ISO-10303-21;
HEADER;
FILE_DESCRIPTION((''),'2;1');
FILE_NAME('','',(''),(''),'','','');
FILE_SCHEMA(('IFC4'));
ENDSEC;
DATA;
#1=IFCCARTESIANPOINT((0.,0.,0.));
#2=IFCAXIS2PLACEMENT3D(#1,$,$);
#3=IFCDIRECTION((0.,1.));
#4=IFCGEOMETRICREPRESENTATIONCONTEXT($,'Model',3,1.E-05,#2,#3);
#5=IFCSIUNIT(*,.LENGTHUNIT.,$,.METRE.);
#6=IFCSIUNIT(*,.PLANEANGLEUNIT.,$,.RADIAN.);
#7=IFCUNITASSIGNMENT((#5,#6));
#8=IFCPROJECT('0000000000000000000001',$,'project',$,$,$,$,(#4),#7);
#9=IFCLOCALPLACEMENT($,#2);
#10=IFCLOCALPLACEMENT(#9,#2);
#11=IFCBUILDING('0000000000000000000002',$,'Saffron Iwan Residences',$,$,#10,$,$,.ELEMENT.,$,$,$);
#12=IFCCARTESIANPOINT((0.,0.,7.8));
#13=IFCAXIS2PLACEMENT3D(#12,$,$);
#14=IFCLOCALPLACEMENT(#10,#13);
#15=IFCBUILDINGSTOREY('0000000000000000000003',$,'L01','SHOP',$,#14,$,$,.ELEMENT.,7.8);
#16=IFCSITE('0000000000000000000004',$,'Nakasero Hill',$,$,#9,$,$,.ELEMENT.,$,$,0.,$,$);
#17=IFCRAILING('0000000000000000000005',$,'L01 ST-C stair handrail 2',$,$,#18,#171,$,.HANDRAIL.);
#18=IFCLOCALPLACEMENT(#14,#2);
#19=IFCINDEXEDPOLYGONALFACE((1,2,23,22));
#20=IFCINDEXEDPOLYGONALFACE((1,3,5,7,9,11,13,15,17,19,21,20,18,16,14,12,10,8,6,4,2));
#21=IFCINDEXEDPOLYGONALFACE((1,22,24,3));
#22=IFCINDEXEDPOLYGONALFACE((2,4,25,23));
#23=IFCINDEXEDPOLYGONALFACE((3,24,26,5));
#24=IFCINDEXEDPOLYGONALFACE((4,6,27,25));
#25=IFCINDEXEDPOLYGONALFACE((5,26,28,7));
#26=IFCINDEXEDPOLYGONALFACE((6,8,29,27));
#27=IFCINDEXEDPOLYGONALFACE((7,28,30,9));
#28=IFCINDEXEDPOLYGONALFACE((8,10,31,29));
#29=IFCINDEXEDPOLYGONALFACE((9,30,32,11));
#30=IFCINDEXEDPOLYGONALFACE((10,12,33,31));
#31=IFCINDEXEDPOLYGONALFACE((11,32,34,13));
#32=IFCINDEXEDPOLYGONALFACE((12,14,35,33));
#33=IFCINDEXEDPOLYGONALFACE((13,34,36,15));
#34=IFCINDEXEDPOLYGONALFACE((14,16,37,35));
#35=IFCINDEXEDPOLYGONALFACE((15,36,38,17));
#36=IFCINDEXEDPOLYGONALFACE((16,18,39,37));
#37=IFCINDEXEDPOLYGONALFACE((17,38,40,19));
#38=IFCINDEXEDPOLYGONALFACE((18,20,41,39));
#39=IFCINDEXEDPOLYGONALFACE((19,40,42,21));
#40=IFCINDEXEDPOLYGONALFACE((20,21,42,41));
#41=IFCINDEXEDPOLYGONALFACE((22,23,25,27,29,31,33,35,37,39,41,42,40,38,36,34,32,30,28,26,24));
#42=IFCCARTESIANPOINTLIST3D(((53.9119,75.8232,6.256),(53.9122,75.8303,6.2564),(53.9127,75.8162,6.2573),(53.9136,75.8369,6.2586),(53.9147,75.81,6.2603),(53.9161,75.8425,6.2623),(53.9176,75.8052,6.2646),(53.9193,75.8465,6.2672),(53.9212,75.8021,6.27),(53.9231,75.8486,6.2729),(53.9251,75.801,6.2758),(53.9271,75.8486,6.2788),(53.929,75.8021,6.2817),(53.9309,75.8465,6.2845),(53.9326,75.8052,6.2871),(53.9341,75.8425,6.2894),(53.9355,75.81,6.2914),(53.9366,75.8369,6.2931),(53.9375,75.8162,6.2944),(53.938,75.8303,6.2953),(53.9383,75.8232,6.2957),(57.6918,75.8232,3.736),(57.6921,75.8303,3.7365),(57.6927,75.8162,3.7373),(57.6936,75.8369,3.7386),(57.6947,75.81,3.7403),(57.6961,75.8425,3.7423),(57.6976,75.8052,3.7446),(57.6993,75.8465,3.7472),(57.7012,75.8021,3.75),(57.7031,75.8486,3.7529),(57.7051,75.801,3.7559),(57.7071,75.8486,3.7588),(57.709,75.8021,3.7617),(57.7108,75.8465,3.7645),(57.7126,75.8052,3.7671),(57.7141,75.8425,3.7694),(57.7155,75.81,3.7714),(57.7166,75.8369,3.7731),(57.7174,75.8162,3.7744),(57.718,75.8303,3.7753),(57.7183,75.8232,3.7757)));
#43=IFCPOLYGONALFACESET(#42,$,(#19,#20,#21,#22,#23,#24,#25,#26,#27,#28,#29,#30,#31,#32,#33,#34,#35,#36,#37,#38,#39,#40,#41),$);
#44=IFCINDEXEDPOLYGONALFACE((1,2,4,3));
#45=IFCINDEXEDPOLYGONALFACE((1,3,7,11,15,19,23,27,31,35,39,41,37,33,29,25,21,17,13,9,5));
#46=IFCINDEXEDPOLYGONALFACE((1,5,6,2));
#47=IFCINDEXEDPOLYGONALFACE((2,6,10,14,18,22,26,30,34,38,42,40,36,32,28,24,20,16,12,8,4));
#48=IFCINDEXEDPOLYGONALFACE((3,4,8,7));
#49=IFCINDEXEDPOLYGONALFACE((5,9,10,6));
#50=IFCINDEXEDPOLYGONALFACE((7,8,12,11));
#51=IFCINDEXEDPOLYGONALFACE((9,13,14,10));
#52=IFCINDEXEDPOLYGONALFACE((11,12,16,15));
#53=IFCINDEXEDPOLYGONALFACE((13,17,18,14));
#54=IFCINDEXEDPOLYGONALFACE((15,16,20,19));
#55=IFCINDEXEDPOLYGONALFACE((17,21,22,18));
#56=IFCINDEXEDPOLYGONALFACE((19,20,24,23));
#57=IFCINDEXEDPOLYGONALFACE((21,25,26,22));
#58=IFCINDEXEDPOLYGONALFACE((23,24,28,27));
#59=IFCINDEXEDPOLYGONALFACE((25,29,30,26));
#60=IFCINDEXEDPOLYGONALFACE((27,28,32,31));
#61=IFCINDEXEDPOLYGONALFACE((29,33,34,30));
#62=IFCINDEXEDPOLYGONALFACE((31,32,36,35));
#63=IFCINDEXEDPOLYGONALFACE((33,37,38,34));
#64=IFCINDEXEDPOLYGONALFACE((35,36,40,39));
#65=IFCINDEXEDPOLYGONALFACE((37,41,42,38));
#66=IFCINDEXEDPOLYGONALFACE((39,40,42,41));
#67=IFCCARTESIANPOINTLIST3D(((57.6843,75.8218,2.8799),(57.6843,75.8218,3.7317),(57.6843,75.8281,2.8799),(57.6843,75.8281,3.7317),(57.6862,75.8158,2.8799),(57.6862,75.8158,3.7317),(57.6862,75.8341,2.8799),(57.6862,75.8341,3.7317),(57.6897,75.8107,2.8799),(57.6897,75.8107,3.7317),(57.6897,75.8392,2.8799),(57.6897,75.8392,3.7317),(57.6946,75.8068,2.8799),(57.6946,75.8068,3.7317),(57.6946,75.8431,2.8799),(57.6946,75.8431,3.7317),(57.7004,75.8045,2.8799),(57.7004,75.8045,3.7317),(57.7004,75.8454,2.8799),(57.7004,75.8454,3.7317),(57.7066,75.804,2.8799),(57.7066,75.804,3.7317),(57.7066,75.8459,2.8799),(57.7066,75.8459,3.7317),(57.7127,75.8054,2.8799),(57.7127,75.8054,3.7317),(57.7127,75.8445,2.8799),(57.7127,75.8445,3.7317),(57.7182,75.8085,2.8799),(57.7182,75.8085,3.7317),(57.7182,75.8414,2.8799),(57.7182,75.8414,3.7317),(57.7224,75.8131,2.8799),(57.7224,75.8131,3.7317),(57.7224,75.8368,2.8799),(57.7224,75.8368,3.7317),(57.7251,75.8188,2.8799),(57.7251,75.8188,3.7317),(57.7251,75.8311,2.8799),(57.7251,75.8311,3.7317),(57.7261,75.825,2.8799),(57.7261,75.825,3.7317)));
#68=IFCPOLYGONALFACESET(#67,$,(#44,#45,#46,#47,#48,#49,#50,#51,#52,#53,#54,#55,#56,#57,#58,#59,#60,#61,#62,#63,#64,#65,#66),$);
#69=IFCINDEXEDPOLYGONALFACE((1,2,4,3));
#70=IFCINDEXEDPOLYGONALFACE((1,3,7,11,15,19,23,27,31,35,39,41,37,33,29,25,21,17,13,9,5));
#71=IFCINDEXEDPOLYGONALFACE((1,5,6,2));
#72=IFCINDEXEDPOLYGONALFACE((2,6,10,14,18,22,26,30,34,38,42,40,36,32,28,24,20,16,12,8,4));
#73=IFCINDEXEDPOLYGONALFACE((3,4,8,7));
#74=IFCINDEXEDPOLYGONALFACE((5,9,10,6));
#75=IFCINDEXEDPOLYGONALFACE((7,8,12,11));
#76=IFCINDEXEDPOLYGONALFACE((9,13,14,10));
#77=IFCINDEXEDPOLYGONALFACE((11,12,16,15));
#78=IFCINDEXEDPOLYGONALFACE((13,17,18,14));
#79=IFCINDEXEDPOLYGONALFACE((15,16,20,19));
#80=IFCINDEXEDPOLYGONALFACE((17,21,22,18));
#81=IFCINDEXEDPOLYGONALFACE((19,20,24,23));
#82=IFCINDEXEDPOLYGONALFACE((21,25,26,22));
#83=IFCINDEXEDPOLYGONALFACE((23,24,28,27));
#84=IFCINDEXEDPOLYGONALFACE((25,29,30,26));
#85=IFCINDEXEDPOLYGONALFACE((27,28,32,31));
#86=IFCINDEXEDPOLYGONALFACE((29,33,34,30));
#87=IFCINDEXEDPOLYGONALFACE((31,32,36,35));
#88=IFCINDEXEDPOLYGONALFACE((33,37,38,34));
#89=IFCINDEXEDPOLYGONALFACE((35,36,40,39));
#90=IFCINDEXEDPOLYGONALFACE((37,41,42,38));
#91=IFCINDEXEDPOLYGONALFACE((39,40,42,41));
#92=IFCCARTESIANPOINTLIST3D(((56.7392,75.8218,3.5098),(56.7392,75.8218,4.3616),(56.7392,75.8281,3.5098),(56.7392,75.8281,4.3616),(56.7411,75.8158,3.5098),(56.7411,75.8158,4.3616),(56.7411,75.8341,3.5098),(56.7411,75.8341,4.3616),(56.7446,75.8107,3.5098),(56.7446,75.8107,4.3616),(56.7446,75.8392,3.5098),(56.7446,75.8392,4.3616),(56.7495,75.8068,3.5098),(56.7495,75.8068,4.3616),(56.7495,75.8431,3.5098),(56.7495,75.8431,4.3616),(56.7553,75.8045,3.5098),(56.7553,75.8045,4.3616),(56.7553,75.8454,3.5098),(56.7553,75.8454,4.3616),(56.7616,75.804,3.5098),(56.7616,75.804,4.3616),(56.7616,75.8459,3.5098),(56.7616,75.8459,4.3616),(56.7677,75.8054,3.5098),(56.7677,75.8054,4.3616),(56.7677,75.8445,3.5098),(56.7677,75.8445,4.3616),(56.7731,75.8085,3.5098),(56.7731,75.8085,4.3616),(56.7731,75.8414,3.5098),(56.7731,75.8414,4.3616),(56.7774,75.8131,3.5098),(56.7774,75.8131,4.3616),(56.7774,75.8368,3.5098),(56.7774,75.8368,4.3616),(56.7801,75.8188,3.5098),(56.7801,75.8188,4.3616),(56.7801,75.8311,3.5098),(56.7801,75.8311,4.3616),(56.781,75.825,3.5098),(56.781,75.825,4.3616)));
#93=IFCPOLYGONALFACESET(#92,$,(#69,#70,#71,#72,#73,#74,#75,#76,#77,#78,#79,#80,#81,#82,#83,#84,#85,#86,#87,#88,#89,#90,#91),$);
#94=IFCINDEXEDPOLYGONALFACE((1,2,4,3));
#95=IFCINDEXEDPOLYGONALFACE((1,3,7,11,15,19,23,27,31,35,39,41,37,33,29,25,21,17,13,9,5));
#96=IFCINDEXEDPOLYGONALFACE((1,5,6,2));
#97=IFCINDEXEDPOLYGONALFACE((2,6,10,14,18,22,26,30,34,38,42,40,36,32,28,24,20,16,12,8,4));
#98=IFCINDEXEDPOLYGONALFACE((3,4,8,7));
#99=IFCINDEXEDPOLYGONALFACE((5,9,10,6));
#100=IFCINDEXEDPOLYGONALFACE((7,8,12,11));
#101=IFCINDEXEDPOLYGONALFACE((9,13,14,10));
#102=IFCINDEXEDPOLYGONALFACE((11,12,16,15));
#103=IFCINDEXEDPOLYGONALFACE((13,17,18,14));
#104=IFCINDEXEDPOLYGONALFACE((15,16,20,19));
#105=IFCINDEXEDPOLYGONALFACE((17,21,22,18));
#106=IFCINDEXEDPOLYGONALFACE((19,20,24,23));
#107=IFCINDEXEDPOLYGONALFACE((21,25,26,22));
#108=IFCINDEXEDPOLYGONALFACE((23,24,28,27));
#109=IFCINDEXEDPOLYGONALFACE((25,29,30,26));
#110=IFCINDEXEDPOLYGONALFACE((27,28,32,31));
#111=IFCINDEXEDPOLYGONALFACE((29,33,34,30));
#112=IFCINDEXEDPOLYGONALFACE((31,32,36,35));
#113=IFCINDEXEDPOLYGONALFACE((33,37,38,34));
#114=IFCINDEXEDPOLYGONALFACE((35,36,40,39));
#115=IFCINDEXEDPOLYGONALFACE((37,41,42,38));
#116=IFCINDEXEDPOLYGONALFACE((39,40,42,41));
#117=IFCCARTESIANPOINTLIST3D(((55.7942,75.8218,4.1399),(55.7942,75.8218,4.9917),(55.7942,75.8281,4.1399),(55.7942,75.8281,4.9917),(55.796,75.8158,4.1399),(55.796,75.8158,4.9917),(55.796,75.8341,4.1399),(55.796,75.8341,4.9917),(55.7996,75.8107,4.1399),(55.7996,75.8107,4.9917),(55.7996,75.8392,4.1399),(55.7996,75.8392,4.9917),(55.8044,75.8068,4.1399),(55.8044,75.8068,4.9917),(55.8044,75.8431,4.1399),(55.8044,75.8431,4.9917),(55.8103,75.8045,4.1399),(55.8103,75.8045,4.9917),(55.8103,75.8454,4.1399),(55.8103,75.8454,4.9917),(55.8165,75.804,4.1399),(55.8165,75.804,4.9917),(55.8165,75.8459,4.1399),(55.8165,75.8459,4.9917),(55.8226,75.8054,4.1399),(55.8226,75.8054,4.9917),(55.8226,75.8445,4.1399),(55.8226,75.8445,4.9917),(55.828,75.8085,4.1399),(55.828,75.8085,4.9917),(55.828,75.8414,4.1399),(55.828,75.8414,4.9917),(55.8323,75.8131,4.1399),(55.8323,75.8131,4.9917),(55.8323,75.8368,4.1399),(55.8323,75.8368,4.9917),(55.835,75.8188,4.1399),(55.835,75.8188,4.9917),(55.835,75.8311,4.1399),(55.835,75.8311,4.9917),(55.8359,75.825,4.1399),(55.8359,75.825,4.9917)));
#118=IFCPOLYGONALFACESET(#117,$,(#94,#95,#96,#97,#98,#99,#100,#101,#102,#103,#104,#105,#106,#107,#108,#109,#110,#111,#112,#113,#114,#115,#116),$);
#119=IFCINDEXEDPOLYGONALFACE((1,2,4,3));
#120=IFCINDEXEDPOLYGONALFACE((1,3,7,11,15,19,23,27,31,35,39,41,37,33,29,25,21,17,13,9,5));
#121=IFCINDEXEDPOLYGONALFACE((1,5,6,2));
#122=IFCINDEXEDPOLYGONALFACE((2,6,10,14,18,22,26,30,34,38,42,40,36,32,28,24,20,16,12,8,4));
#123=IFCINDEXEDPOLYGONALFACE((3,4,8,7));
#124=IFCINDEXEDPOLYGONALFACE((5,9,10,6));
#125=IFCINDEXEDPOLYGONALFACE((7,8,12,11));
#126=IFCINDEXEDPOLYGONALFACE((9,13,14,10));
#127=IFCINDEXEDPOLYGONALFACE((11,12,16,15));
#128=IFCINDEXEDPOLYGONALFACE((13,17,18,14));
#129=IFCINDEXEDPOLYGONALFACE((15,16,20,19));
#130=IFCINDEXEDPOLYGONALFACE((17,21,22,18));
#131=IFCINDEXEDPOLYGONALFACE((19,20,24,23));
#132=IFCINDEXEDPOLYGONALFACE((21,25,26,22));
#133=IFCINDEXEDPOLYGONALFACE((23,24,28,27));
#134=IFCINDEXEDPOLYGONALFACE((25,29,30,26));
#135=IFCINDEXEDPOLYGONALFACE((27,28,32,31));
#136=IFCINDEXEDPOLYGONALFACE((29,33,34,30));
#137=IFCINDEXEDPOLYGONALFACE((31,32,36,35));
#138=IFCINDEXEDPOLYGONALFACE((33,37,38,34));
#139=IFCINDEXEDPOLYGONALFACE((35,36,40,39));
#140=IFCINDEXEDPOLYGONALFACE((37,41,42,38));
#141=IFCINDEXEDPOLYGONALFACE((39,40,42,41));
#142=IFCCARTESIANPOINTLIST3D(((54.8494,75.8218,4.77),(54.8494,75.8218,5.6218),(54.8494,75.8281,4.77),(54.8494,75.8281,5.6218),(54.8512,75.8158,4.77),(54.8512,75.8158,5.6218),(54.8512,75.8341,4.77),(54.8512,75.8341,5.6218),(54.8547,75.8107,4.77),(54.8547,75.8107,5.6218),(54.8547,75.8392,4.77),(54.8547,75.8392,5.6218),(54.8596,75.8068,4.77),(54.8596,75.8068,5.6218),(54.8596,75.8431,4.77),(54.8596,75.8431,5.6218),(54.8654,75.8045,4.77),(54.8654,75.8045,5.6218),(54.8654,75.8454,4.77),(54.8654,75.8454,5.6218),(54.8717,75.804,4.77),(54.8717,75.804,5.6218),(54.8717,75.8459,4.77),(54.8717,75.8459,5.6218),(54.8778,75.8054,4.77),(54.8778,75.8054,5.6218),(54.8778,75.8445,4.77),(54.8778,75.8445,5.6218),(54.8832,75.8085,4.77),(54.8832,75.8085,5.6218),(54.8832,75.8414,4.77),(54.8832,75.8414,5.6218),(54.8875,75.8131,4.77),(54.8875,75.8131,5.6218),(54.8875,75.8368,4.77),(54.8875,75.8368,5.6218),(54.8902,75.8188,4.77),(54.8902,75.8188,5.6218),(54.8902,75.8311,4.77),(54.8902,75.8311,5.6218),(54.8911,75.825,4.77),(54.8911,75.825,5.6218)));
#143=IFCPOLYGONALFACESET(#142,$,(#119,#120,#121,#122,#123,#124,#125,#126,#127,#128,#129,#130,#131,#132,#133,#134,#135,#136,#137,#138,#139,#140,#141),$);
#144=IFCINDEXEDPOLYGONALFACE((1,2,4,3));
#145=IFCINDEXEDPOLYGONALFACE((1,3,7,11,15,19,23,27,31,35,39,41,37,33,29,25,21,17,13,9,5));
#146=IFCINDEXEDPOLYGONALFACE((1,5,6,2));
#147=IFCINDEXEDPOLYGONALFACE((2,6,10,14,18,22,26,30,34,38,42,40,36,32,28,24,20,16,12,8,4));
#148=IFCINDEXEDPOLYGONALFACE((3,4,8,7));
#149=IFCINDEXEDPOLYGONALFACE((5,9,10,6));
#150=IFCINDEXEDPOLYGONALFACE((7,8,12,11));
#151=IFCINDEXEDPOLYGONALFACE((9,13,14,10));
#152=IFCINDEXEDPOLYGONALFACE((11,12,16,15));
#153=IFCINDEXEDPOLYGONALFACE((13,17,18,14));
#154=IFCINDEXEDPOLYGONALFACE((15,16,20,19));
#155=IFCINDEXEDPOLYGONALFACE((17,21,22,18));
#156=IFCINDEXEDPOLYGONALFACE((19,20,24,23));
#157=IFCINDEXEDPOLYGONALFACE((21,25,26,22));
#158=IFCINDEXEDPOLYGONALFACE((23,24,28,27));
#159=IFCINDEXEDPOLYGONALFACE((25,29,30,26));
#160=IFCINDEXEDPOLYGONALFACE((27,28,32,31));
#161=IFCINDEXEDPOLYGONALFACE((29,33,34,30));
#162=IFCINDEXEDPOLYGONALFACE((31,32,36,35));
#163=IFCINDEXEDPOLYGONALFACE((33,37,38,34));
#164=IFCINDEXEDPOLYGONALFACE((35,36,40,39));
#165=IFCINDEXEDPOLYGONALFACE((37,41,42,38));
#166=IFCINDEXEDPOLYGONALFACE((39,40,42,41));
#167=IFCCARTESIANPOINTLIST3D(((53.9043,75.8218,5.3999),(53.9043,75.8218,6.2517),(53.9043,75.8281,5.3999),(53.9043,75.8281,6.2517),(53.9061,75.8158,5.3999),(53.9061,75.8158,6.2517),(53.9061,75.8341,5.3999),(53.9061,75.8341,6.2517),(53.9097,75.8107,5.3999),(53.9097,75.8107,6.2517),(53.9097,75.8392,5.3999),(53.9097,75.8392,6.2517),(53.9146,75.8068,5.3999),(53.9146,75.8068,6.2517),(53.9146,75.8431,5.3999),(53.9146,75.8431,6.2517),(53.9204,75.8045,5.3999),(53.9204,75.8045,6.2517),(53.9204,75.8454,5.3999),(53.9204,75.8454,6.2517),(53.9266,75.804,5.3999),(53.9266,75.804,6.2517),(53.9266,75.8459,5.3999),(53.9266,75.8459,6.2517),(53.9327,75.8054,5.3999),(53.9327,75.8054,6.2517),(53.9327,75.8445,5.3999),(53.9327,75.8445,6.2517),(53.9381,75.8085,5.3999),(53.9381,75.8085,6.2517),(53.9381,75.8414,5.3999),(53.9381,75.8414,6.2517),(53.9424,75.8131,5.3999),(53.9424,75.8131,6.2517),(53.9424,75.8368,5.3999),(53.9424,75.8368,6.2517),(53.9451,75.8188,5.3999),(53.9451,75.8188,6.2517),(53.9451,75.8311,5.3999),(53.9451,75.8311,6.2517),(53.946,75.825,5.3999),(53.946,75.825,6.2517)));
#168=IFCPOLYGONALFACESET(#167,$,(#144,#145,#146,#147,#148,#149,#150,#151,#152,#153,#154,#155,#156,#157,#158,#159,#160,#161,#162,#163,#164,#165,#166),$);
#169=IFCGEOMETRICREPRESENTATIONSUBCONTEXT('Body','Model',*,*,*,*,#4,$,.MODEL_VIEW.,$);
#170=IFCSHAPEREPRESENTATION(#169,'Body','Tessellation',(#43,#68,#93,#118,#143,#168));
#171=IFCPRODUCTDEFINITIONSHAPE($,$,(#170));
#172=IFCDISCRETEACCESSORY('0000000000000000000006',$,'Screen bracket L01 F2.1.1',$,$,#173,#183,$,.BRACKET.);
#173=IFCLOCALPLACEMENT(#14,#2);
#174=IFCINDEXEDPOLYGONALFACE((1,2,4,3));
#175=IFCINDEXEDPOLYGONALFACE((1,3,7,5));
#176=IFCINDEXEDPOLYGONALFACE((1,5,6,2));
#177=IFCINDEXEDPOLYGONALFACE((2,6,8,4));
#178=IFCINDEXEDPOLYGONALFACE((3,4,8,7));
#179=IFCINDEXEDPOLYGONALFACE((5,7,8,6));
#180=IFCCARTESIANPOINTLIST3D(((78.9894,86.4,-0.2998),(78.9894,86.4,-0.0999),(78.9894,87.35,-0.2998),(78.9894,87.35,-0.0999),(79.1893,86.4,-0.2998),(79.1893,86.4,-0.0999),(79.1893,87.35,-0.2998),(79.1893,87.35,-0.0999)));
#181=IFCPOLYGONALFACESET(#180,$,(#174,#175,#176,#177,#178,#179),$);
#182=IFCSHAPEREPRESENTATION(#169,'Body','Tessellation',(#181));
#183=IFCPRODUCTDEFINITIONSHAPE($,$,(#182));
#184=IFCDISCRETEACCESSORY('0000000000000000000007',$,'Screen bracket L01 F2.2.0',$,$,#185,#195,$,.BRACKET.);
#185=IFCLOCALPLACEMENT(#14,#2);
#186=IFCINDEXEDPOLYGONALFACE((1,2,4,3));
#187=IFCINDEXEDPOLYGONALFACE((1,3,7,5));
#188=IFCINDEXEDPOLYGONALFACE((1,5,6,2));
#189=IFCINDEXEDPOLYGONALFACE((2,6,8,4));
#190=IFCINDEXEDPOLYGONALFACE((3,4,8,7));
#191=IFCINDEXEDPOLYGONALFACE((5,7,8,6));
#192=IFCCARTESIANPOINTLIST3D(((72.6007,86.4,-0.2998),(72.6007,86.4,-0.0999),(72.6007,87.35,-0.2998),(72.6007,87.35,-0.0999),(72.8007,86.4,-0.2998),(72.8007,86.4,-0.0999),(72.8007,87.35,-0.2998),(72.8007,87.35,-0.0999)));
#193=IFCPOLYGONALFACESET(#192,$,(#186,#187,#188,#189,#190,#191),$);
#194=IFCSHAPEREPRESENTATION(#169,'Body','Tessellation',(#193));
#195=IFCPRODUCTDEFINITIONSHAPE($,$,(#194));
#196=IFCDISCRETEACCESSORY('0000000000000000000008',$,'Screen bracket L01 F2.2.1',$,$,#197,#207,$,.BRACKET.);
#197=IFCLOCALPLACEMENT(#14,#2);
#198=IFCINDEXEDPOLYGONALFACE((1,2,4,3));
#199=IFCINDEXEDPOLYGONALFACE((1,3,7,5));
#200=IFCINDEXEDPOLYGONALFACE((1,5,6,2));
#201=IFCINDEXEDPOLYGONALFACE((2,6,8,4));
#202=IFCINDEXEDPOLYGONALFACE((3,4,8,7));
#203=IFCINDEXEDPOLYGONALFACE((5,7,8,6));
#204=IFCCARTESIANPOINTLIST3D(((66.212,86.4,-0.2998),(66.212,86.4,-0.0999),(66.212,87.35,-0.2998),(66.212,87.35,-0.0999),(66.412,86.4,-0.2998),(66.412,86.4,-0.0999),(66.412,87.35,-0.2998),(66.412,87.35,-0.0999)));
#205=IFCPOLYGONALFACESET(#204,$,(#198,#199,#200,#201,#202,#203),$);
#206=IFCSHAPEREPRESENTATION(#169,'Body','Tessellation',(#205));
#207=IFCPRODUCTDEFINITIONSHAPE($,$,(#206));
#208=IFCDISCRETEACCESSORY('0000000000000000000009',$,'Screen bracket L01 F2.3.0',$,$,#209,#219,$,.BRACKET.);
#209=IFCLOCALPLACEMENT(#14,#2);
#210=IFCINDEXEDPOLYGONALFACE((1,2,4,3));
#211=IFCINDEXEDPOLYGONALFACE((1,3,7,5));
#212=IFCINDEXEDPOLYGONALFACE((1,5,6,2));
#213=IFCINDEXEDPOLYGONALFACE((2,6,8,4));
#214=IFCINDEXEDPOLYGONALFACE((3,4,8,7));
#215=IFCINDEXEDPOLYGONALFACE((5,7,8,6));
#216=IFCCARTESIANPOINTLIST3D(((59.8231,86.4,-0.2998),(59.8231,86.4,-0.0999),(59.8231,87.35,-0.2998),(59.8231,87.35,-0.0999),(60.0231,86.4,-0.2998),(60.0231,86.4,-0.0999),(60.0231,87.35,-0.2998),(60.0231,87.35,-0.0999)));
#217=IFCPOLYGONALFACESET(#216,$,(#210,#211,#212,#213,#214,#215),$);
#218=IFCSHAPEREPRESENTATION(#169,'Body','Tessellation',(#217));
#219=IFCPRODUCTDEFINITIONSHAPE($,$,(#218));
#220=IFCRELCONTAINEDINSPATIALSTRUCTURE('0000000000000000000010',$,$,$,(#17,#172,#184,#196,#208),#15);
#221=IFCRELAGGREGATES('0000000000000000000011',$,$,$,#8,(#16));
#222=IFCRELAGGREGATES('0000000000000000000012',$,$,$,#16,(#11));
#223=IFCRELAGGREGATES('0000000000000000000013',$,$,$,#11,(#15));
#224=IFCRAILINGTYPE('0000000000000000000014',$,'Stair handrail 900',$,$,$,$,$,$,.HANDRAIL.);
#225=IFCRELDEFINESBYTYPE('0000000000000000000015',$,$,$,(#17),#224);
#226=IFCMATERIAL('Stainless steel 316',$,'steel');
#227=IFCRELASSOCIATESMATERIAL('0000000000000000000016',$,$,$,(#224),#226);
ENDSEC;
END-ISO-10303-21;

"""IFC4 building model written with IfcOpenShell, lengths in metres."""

from ifc_helpers import new_model, si_unit, direction, frame, origin, origin_2d, place, context, subcontext, project, spatial, rectangle, circle, extrude, source, transform, mapped, material, type_object, element, save


model = new_model("IFC4")

# Units and contexts
model_context = context("Model", 3, precision=1e-05, world=origin(), true_north=direction((0.0, 1.0)))
body_context = subcontext(model_context, "Body", "Model", "MODEL_VIEW")
ifc_project = project(units=[si_unit("LENGTHUNIT", "METRE"), si_unit("PLANEANGLEUNIT", "RADIAN")], contexts=[model_context])

# Site, building, storey
site_placement = place(None, origin())
site = spatial("IfcSite", under=ifc_project, at=site_placement, Name="Nakasero Hill", CompositionType="ELEMENT", RefElevation=0.0)
building_placement = place(site_placement, origin())
building = spatial("IfcBuilding", under=site, at=building_placement, Name="Saffron Iwan Residences", CompositionType="ELEMENT")
storey_placement = place(building_placement, frame((0.0, 0.0, 7.8)))
storey = spatial("IfcBuildingStorey", under=building, at=storey_placement, Name="L01", Description="SHOP", CompositionType="ELEMENT", Elevation=7.8)

# Railing
ifc_material_1 = material(Name="Stainless steel 316", Category="steel")
railing_type_1 = type_object("IfcRailingType", Name="Stair handrail 900", PredefinedType="HANDRAIL", material=ifc_material_1)
railing_1_placement = place(storey_placement, frame((57.7051, 75.825, 2.8799)))
element("IfcRailing", 1, at=railing_1_placement, inside=storey, type_object=railing_type_1, Name="L01 ST-C stair handrail 2", PredefinedType="HANDRAIL", context=body_context, shape_type="SweptSolid", body=[
    extrude(circle(Radius=0.0239, at=origin_2d()), frame((0.0, 0.0, 0.876), z_axis=(-0.83205, 0.0, 0.5547), x_axis=(0.0, -1.0, 0.0)), (0.0, 0.0, 1.0), 4.543),
    extrude(circle(Radius=0.021, at=origin_2d()), origin(), (0.0, 0.0, 1.0), 0.8518),
    extrude(circle(Radius=0.021, at=origin_2d()), frame((-0.9451, 0.0, 0.6299)), (0.0, 0.0, 1.0), 0.8518),
    extrude(circle(Radius=0.021, at=origin_2d()), frame((-1.8901, 0.0, 1.26)), (0.0, 0.0, 1.0), 0.8518),
    extrude(circle(Radius=0.021, at=origin_2d()), frame((-2.835, 0.0, 1.8901)), (0.0, 0.0, 1.0), 0.8518),
    extrude(circle(Radius=0.021, at=origin_2d()), frame((-3.78, 0.0, 2.52)), (0.0, 0.0, 1.0), 0.8518),
])

# Discrete accessories
shared_shape_1 = source(origin(), body_context, "Body", "SweptSolid", [
    extrude(rectangle(XDim=0.95, YDim=0.2, at=origin_2d()), origin(), (0.0, 0.0, 1.0), 0.2),
])
for number, where, z_axis, x_axis, name in (
    (2, (79.0894, 86.875, -0.2998), (0.0, 0.0, 1.0), (0.0, 1.0, 0.0), "Screen bracket L01 F2.1.1"),
    (3, (72.7007, 86.875, -0.2998), (0.0, 0.0, 1.0), (0.0, 1.0, 0.0), "Screen bracket L01 F2.2.0"),
    (4, (66.312, 86.875, -0.2998), (0.0, 0.0, 1.0), (0.0, 1.0, 0.0), "Screen bracket L01 F2.2.1"),
    (5, (59.9231, 86.875, -0.2998), (0.0, 0.0, 1.0), (0.0, 1.0, 0.0), "Screen bracket L01 F2.3.0"),
):
    element("IfcDiscreteAccessory", number, at=place(storey_placement, frame(where, z_axis=z_axis, x_axis=x_axis)), inside=storey, Name=name, PredefinedType="BRACKET", context=body_context, shape_type="MappedRepresentation", body=[
        mapped(shared_shape_1, transform((0.0, 0.0, 0.0))),
    ])

save(model, "model.ifc")
